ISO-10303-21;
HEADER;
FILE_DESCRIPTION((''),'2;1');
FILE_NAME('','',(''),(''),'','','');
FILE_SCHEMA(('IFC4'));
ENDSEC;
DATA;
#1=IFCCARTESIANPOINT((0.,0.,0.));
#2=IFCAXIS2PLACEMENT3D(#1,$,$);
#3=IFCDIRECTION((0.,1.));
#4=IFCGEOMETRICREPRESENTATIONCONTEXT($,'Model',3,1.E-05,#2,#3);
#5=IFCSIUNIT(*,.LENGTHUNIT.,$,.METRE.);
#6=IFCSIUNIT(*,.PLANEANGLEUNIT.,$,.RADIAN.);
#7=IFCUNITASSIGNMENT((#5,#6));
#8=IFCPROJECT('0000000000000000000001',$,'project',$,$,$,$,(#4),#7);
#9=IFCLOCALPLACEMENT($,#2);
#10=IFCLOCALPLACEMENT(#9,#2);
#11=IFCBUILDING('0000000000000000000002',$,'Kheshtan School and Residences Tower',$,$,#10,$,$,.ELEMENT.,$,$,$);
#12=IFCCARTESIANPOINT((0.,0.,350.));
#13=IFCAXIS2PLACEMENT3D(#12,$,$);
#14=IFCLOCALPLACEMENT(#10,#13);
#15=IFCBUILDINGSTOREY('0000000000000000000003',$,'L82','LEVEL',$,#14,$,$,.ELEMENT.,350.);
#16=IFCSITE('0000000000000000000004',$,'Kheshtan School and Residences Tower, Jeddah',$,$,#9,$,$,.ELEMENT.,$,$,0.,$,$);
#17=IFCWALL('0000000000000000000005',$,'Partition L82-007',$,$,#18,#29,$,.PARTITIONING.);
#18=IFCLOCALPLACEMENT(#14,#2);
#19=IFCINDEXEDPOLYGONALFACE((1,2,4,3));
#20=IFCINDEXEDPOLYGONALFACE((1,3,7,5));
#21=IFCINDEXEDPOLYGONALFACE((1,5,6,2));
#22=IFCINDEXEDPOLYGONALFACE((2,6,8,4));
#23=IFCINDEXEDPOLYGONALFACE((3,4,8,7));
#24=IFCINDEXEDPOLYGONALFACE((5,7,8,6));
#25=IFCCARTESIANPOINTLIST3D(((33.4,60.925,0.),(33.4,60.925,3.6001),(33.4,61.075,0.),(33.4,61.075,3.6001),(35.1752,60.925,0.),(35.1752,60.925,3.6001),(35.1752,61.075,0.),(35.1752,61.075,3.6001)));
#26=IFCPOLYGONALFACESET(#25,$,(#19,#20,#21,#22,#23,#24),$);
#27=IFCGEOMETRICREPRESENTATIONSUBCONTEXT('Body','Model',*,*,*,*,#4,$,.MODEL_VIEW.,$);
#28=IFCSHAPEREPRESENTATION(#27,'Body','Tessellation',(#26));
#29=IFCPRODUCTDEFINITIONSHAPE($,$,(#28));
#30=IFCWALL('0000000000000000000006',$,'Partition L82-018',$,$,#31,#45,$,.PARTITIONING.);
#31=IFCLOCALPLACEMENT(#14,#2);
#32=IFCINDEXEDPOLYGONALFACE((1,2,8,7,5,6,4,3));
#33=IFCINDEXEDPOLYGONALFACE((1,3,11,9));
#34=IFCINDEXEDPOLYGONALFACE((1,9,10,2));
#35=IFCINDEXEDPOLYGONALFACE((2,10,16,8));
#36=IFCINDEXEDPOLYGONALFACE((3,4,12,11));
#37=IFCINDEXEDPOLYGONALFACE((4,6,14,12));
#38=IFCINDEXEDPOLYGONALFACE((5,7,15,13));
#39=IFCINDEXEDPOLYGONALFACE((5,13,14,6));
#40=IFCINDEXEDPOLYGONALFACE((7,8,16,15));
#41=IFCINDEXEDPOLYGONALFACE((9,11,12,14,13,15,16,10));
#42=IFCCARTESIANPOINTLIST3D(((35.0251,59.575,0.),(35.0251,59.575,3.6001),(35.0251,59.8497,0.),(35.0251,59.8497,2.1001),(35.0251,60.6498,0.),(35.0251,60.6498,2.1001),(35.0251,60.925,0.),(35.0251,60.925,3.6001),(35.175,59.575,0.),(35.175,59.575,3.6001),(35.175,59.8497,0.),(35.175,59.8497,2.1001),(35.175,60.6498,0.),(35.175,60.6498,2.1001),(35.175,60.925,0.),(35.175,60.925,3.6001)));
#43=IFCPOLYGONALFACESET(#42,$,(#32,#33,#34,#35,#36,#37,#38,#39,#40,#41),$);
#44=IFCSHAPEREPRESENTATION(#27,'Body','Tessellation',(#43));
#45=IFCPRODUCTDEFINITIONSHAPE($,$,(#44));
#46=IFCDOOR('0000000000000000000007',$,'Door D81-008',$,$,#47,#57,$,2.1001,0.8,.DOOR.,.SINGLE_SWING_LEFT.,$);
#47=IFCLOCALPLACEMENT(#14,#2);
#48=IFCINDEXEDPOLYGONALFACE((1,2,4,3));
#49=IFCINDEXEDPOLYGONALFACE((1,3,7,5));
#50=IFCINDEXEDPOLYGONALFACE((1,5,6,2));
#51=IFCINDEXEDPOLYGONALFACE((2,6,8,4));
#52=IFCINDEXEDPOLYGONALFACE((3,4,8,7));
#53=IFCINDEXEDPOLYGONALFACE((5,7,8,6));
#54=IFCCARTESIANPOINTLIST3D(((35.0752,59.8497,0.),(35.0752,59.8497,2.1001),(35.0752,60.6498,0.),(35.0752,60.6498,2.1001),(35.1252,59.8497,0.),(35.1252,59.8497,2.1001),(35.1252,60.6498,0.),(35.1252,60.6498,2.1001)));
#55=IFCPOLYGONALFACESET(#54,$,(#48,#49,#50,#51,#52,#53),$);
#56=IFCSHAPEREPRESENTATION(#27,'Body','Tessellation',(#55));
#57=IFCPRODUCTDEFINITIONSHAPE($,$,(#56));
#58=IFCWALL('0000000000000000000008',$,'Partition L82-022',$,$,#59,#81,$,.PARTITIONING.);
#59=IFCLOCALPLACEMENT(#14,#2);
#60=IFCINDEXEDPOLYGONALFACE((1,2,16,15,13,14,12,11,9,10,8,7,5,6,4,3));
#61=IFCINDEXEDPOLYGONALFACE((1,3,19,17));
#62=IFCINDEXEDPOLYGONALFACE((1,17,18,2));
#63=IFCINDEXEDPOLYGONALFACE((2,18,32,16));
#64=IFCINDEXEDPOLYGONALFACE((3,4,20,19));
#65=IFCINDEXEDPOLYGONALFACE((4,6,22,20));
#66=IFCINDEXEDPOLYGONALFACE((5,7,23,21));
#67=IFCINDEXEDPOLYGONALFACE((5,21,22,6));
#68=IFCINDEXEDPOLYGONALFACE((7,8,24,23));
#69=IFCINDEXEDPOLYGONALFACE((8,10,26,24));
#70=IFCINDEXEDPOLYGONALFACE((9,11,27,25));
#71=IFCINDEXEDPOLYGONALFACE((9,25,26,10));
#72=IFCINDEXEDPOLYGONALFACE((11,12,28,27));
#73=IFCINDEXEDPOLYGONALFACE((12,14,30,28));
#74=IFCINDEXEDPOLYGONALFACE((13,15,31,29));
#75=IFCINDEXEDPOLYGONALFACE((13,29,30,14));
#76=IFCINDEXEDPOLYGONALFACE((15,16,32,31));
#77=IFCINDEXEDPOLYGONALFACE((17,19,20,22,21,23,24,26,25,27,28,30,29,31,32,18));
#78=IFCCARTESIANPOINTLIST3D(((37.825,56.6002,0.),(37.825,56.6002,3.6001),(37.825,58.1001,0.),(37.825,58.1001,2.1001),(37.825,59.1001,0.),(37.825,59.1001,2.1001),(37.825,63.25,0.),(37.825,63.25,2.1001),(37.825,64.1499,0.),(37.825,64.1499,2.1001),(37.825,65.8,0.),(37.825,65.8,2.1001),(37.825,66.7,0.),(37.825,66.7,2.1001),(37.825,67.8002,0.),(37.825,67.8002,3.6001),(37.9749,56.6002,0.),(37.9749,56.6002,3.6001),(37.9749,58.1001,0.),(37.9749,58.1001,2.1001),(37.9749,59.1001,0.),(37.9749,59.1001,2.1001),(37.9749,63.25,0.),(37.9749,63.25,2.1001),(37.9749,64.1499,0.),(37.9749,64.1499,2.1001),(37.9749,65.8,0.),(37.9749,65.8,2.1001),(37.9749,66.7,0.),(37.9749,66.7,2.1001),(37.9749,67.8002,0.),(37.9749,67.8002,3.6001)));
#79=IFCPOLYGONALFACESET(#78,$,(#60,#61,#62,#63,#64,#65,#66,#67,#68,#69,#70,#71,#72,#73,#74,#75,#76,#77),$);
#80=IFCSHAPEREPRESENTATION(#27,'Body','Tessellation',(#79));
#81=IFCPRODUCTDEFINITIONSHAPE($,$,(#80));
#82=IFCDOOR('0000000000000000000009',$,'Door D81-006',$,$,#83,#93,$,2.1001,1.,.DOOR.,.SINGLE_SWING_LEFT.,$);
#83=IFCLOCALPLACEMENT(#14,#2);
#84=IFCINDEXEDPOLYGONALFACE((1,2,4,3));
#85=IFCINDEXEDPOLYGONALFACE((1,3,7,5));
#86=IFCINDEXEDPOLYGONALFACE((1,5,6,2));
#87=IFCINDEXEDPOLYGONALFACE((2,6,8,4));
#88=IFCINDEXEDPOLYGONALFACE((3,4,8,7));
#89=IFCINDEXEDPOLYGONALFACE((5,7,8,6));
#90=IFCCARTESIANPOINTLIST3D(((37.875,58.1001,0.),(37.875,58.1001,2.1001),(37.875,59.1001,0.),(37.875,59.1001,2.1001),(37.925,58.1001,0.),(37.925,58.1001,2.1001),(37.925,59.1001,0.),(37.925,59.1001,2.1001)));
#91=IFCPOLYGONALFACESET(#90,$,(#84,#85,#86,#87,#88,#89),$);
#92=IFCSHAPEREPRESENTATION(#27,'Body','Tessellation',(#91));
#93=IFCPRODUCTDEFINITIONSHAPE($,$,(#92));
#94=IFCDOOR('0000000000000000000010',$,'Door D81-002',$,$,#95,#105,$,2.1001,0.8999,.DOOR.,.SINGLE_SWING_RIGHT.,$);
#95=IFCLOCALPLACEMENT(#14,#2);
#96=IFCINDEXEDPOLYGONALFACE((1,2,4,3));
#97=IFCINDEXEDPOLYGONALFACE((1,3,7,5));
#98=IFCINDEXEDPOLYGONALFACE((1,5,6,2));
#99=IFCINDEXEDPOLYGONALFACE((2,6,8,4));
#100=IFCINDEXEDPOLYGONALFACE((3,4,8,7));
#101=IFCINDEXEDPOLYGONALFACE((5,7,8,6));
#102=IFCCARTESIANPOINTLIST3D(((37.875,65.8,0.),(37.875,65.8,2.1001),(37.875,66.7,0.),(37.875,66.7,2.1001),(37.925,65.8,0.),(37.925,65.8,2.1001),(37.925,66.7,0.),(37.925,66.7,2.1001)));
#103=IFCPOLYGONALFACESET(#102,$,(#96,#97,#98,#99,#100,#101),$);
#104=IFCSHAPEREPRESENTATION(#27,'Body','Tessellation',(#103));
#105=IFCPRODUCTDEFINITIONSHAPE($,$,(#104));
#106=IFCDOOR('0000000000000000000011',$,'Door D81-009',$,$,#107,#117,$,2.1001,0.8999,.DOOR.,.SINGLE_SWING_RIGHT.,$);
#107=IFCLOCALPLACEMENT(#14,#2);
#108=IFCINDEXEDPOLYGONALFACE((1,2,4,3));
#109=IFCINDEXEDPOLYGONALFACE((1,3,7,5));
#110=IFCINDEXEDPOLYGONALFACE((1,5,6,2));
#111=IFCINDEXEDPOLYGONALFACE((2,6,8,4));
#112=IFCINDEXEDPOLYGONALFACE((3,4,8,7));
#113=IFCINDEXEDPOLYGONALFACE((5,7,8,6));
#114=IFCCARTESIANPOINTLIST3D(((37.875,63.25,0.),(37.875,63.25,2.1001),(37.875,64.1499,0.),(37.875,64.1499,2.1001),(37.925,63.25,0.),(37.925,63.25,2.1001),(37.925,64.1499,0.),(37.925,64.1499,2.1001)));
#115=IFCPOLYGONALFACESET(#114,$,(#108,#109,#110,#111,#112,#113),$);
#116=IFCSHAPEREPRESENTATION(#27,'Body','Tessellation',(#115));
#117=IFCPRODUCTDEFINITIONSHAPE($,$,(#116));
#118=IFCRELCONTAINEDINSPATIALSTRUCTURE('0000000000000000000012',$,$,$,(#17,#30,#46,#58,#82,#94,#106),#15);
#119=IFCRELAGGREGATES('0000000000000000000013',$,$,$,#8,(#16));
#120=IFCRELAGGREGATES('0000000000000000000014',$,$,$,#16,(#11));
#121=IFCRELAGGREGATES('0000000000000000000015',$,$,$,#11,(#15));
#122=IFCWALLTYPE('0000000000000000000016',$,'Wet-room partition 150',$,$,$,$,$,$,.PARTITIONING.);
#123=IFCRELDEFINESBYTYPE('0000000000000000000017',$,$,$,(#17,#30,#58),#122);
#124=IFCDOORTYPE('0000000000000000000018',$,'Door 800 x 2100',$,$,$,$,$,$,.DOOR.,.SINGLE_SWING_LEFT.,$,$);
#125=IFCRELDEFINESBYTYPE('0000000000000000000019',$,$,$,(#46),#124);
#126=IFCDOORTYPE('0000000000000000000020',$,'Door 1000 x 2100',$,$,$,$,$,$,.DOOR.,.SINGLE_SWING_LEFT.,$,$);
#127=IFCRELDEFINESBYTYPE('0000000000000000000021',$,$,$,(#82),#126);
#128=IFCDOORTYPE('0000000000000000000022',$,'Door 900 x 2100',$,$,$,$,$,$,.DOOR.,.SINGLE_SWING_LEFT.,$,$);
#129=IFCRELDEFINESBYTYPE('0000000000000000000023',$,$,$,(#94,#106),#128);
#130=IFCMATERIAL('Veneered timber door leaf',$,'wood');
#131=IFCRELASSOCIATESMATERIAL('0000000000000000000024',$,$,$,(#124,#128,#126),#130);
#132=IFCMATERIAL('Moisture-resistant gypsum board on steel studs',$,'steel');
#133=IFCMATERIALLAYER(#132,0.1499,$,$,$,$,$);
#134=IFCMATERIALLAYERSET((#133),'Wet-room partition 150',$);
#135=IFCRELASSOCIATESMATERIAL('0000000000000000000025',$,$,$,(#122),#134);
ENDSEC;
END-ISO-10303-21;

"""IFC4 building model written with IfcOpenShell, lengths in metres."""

from ifc_helpers import new_model, si_unit, direction, frame, frame_2d, origin, place, context, subcontext, project, spatial, rectangle, extrude, source, transform, mapped, material, layer, layer_set, type_object, element, fill, save


model = new_model("IFC4")

# Units and contexts
model_context = context("Model", 3, precision=1e-05, world=origin(), true_north=direction((0.0, 1.0)))
body_context = subcontext(model_context, "Body", "Model", "MODEL_VIEW")
ifc_project = project(units=[si_unit("LENGTHUNIT", "METRE"), si_unit("PLANEANGLEUNIT", "RADIAN")], contexts=[model_context])

# Site, building, storey
site_placement = place(None, origin())
site = spatial("IfcSite", under=ifc_project, at=site_placement, Name="Kheshtan School and Residences Tower, Jeddah", CompositionType="ELEMENT", RefElevation=0.0)
building_placement = place(site_placement, origin())
building = spatial("IfcBuilding", under=site, at=building_placement, Name="Kheshtan School and Residences Tower", CompositionType="ELEMENT")
storey_placement = place(building_placement, frame((0.0, 0.0, 350.0)))
storey = spatial("IfcBuildingStorey", under=building, at=storey_placement, Name="L82", Description="LEVEL", CompositionType="ELEMENT", Elevation=350.0)

# Shared definitions
ifc_material_1 = material(Name="Veneered timber door leaf", Category="wood")
door_type_1 = type_object("IfcDoorType", Name="Door 800 x 2100", OperationType="SINGLE_SWING_LEFT", PredefinedType="DOOR", material=ifc_material_1)
shared_shape_1 = source(origin(), body_context, "Body", "SweptSolid", [
    extrude(rectangle(XDim=0.8, YDim=2.1001, at=frame_2d((0.3999, 1.05))), frame((0.0, 0.0249, 0.0), z_axis=(0.0, -1.0, 0.0), x_axis=(1.0, 0.0, 0.0)), (0.0, 0.0, 1.0), 0.05),
])
door_type_2 = type_object("IfcDoorType", Name="Door 900 x 2100", OperationType="SINGLE_SWING_LEFT", PredefinedType="DOOR", material=ifc_material_1)
shared_shape_2 = source(origin(), body_context, "Body", "SweptSolid", [
    extrude(rectangle(XDim=0.8999, YDim=2.1001, at=frame_2d((0.45, 1.05))), frame((0.0, 0.0249, 0.0), z_axis=(0.0, -1.0, 0.0), x_axis=(1.0, 0.0, 0.0)), (0.0, 0.0, 1.0), 0.05),
])

# Wall
ifc_material_2 = material(Name="Moisture-resistant gypsum board on steel studs", Category="steel")
ifc_layer_1 = layer(ifc_material_2, 0.1499)
ifc_layer_set_1 = layer_set([ifc_layer_1], Name="Wet-room partition 150")
wall_type_1 = type_object("IfcWallType", Name="Wet-room partition 150", PredefinedType="PARTITIONING", material=ifc_layer_set_1)
wall_1_placement = place(storey_placement, frame((33.3999, 61.0, 0.0), z_axis=(0.0, 0.0, 1.0), x_axis=(1.0, 0.0, 0.0)))
element("IfcWall", 1, at=wall_1_placement, inside=storey, type_object=wall_type_1, Name="Partition L82-007", PredefinedType="PARTITIONING", context=body_context, shape_type="SweptSolid", body=[
    extrude(rectangle(XDim=1.7751, YDim=0.1499, at=frame_2d((0.8877, 0.0))), origin(), (0.0, 0.0, 1.0), 3.6001),
])

# Wall, opening, door
wall_2_placement = place(storey_placement, frame((35.1001, 59.575, 0.0), z_axis=(0.0, 0.0, 1.0), x_axis=(0.0, 1.0, 0.0)))
wall_2 = element("IfcWall", 2, at=wall_2_placement, inside=storey, type_object=wall_type_1, Name="Partition L82-018", PredefinedType="PARTITIONING", context=body_context, shape_type="SweptSolid", body=[
    extrude(rectangle(XDim=1.3501, YDim=0.1499, at=frame_2d((0.675, 0.0))), origin(), (0.0, 0.0, 1.0), 3.6001),
])
opening_1_placement = place(wall_2_placement, frame((0.2749, 0.0, 0.0)))
opening_1 = element("IfcOpeningElement", 3, at=opening_1_placement, cuts=wall_2, PredefinedType="OPENING", context=body_context, shape_type="SweptSolid", body=[
    extrude(rectangle(XDim=0.8, YDim=2.1001, at=frame_2d((0.3999, 1.05))), frame((0.0, 0.085, 0.0), z_axis=(0.0, -1.0, 0.0), x_axis=(1.0, 0.0, 0.0)), (0.0, 0.0, 1.0), 0.1699),
])
door_1_placement = place(opening_1_placement, origin())
door_1 = element("IfcDoor", 4, at=door_1_placement, inside=storey, type_object=door_type_1, Name="Door D81-008", OperationType="SINGLE_SWING_LEFT", OverallHeight=2.1001, OverallWidth=0.8, PredefinedType="DOOR", context=body_context, shape_type="MappedRepresentation", body=[
    mapped(shared_shape_1, transform((0.0, 0.0, 0.0), x_axis=(1.0, 0.0, 0.0), y_axis=(0.0, 1.0, 0.0), z_axis=(0.0, 0.0, 1.0), scale=1.0)),
])
fill(opening_1, door_1)

# Wall, openings, doors
wall_3_placement = place(storey_placement, frame((37.8999, 56.6001, 0.0), z_axis=(0.0, 0.0, 1.0), x_axis=(0.0, 1.0, 0.0)))
wall_3 = element("IfcWall", 5, at=wall_3_placement, inside=storey, type_object=wall_type_1, Name="Partition L82-022", PredefinedType="PARTITIONING", context=body_context, shape_type="SweptSolid", body=[
    extrude(rectangle(XDim=11.2, YDim=0.1499, at=frame_2d((5.6001, 0.0))), origin(), (0.0, 0.0, 1.0), 3.6001),
])
opening_2_placement = place(wall_3_placement, frame((9.2, 0.0, 0.0)))
opening_2 = element("IfcOpeningElement", 6, at=opening_2_placement, cuts=wall_3, PredefinedType="OPENING", context=body_context, shape_type="SweptSolid", body=[
    extrude(rectangle(XDim=0.8999, YDim=2.1001, at=frame_2d((0.45, 1.05))), frame((0.0, 0.085, 0.0), z_axis=(0.0, -1.0, 0.0), x_axis=(1.0, 0.0, 0.0)), (0.0, 0.0, 1.0), 0.1699),
])
opening_3_placement = place(wall_3_placement, frame((1.5, 0.0, 0.0)))
opening_3 = element("IfcOpeningElement", 7, at=opening_3_placement, cuts=wall_3, PredefinedType="OPENING", context=body_context, shape_type="SweptSolid", body=[
    extrude(rectangle(XDim=1.0, YDim=2.1001, at=frame_2d((0.5, 1.05))), frame((0.0, 0.085, 0.0), z_axis=(0.0, -1.0, 0.0), x_axis=(1.0, 0.0, 0.0)), (0.0, 0.0, 1.0), 0.1699),
])
opening_4_placement = place(wall_3_placement, frame((6.6499, 0.0, 0.0)))
opening_4 = element("IfcOpeningElement", 8, at=opening_4_placement, cuts=wall_3, PredefinedType="OPENING", context=body_context, shape_type="SweptSolid", body=[
    extrude(rectangle(XDim=0.8999, YDim=2.1001, at=frame_2d((0.45, 1.05))), frame((0.0, 0.085, 0.0), z_axis=(0.0, -1.0, 0.0), x_axis=(1.0, 0.0, 0.0)), (0.0, 0.0, 1.0), 0.1699),
])
door_type_3 = type_object("IfcDoorType", Name="Door 1000 x 2100", OperationType="SINGLE_SWING_LEFT", PredefinedType="DOOR", material=ifc_material_1)
shared_shape_3 = source(origin(), body_context, "Body", "SweptSolid", [
    extrude(rectangle(XDim=1.0, YDim=2.1001, at=frame_2d((0.5, 1.05))), frame((0.0, 0.0249, 0.0), z_axis=(0.0, -1.0, 0.0), x_axis=(1.0, 0.0, 0.0)), (0.0, 0.0, 1.0), 0.05),
])
door_2_placement = place(opening_3_placement, origin())
door_2 = element("IfcDoor", 9, at=door_2_placement, inside=storey, type_object=door_type_3, Name="Door D81-006", OperationType="SINGLE_SWING_LEFT", OverallHeight=2.1001, OverallWidth=1.0, PredefinedType="DOOR", context=body_context, shape_type="MappedRepresentation", body=[
    mapped(shared_shape_3, transform((0.0, 0.0, 0.0), x_axis=(1.0, 0.0, 0.0), y_axis=(0.0, 1.0, 0.0), z_axis=(0.0, 0.0, 1.0), scale=1.0)),
])
fill(opening_3, door_2)
door_3_placement = place(opening_2_placement, origin())
door_3 = element("IfcDoor", 10, at=door_3_placement, inside=storey, type_object=door_type_2, Name="Door D81-002", OperationType="SINGLE_SWING_RIGHT", OverallHeight=2.1001, OverallWidth=0.8999, PredefinedType="DOOR", context=body_context, shape_type="MappedRepresentation", body=[
    mapped(shared_shape_2, transform((0.0, 0.0, 0.0), x_axis=(1.0, 0.0, 0.0), y_axis=(0.0, 1.0, 0.0), z_axis=(0.0, 0.0, 1.0), scale=1.0)),
])
fill(opening_2, door_3)
door_4_placement = place(opening_4_placement, origin())
door_4 = element("IfcDoor", 11, at=door_4_placement, inside=storey, type_object=door_type_2, Name="Door D81-009", OperationType="SINGLE_SWING_RIGHT", OverallHeight=2.1001, OverallWidth=0.8999, PredefinedType="DOOR", context=body_context, shape_type="MappedRepresentation", body=[
    mapped(shared_shape_2, transform((0.0, 0.0, 0.0), x_axis=(1.0, 0.0, 0.0), y_axis=(0.0, 1.0, 0.0), z_axis=(0.0, 0.0, 1.0), scale=1.0)),
])
fill(opening_4, door_4)

save(model, "model.ifc")
